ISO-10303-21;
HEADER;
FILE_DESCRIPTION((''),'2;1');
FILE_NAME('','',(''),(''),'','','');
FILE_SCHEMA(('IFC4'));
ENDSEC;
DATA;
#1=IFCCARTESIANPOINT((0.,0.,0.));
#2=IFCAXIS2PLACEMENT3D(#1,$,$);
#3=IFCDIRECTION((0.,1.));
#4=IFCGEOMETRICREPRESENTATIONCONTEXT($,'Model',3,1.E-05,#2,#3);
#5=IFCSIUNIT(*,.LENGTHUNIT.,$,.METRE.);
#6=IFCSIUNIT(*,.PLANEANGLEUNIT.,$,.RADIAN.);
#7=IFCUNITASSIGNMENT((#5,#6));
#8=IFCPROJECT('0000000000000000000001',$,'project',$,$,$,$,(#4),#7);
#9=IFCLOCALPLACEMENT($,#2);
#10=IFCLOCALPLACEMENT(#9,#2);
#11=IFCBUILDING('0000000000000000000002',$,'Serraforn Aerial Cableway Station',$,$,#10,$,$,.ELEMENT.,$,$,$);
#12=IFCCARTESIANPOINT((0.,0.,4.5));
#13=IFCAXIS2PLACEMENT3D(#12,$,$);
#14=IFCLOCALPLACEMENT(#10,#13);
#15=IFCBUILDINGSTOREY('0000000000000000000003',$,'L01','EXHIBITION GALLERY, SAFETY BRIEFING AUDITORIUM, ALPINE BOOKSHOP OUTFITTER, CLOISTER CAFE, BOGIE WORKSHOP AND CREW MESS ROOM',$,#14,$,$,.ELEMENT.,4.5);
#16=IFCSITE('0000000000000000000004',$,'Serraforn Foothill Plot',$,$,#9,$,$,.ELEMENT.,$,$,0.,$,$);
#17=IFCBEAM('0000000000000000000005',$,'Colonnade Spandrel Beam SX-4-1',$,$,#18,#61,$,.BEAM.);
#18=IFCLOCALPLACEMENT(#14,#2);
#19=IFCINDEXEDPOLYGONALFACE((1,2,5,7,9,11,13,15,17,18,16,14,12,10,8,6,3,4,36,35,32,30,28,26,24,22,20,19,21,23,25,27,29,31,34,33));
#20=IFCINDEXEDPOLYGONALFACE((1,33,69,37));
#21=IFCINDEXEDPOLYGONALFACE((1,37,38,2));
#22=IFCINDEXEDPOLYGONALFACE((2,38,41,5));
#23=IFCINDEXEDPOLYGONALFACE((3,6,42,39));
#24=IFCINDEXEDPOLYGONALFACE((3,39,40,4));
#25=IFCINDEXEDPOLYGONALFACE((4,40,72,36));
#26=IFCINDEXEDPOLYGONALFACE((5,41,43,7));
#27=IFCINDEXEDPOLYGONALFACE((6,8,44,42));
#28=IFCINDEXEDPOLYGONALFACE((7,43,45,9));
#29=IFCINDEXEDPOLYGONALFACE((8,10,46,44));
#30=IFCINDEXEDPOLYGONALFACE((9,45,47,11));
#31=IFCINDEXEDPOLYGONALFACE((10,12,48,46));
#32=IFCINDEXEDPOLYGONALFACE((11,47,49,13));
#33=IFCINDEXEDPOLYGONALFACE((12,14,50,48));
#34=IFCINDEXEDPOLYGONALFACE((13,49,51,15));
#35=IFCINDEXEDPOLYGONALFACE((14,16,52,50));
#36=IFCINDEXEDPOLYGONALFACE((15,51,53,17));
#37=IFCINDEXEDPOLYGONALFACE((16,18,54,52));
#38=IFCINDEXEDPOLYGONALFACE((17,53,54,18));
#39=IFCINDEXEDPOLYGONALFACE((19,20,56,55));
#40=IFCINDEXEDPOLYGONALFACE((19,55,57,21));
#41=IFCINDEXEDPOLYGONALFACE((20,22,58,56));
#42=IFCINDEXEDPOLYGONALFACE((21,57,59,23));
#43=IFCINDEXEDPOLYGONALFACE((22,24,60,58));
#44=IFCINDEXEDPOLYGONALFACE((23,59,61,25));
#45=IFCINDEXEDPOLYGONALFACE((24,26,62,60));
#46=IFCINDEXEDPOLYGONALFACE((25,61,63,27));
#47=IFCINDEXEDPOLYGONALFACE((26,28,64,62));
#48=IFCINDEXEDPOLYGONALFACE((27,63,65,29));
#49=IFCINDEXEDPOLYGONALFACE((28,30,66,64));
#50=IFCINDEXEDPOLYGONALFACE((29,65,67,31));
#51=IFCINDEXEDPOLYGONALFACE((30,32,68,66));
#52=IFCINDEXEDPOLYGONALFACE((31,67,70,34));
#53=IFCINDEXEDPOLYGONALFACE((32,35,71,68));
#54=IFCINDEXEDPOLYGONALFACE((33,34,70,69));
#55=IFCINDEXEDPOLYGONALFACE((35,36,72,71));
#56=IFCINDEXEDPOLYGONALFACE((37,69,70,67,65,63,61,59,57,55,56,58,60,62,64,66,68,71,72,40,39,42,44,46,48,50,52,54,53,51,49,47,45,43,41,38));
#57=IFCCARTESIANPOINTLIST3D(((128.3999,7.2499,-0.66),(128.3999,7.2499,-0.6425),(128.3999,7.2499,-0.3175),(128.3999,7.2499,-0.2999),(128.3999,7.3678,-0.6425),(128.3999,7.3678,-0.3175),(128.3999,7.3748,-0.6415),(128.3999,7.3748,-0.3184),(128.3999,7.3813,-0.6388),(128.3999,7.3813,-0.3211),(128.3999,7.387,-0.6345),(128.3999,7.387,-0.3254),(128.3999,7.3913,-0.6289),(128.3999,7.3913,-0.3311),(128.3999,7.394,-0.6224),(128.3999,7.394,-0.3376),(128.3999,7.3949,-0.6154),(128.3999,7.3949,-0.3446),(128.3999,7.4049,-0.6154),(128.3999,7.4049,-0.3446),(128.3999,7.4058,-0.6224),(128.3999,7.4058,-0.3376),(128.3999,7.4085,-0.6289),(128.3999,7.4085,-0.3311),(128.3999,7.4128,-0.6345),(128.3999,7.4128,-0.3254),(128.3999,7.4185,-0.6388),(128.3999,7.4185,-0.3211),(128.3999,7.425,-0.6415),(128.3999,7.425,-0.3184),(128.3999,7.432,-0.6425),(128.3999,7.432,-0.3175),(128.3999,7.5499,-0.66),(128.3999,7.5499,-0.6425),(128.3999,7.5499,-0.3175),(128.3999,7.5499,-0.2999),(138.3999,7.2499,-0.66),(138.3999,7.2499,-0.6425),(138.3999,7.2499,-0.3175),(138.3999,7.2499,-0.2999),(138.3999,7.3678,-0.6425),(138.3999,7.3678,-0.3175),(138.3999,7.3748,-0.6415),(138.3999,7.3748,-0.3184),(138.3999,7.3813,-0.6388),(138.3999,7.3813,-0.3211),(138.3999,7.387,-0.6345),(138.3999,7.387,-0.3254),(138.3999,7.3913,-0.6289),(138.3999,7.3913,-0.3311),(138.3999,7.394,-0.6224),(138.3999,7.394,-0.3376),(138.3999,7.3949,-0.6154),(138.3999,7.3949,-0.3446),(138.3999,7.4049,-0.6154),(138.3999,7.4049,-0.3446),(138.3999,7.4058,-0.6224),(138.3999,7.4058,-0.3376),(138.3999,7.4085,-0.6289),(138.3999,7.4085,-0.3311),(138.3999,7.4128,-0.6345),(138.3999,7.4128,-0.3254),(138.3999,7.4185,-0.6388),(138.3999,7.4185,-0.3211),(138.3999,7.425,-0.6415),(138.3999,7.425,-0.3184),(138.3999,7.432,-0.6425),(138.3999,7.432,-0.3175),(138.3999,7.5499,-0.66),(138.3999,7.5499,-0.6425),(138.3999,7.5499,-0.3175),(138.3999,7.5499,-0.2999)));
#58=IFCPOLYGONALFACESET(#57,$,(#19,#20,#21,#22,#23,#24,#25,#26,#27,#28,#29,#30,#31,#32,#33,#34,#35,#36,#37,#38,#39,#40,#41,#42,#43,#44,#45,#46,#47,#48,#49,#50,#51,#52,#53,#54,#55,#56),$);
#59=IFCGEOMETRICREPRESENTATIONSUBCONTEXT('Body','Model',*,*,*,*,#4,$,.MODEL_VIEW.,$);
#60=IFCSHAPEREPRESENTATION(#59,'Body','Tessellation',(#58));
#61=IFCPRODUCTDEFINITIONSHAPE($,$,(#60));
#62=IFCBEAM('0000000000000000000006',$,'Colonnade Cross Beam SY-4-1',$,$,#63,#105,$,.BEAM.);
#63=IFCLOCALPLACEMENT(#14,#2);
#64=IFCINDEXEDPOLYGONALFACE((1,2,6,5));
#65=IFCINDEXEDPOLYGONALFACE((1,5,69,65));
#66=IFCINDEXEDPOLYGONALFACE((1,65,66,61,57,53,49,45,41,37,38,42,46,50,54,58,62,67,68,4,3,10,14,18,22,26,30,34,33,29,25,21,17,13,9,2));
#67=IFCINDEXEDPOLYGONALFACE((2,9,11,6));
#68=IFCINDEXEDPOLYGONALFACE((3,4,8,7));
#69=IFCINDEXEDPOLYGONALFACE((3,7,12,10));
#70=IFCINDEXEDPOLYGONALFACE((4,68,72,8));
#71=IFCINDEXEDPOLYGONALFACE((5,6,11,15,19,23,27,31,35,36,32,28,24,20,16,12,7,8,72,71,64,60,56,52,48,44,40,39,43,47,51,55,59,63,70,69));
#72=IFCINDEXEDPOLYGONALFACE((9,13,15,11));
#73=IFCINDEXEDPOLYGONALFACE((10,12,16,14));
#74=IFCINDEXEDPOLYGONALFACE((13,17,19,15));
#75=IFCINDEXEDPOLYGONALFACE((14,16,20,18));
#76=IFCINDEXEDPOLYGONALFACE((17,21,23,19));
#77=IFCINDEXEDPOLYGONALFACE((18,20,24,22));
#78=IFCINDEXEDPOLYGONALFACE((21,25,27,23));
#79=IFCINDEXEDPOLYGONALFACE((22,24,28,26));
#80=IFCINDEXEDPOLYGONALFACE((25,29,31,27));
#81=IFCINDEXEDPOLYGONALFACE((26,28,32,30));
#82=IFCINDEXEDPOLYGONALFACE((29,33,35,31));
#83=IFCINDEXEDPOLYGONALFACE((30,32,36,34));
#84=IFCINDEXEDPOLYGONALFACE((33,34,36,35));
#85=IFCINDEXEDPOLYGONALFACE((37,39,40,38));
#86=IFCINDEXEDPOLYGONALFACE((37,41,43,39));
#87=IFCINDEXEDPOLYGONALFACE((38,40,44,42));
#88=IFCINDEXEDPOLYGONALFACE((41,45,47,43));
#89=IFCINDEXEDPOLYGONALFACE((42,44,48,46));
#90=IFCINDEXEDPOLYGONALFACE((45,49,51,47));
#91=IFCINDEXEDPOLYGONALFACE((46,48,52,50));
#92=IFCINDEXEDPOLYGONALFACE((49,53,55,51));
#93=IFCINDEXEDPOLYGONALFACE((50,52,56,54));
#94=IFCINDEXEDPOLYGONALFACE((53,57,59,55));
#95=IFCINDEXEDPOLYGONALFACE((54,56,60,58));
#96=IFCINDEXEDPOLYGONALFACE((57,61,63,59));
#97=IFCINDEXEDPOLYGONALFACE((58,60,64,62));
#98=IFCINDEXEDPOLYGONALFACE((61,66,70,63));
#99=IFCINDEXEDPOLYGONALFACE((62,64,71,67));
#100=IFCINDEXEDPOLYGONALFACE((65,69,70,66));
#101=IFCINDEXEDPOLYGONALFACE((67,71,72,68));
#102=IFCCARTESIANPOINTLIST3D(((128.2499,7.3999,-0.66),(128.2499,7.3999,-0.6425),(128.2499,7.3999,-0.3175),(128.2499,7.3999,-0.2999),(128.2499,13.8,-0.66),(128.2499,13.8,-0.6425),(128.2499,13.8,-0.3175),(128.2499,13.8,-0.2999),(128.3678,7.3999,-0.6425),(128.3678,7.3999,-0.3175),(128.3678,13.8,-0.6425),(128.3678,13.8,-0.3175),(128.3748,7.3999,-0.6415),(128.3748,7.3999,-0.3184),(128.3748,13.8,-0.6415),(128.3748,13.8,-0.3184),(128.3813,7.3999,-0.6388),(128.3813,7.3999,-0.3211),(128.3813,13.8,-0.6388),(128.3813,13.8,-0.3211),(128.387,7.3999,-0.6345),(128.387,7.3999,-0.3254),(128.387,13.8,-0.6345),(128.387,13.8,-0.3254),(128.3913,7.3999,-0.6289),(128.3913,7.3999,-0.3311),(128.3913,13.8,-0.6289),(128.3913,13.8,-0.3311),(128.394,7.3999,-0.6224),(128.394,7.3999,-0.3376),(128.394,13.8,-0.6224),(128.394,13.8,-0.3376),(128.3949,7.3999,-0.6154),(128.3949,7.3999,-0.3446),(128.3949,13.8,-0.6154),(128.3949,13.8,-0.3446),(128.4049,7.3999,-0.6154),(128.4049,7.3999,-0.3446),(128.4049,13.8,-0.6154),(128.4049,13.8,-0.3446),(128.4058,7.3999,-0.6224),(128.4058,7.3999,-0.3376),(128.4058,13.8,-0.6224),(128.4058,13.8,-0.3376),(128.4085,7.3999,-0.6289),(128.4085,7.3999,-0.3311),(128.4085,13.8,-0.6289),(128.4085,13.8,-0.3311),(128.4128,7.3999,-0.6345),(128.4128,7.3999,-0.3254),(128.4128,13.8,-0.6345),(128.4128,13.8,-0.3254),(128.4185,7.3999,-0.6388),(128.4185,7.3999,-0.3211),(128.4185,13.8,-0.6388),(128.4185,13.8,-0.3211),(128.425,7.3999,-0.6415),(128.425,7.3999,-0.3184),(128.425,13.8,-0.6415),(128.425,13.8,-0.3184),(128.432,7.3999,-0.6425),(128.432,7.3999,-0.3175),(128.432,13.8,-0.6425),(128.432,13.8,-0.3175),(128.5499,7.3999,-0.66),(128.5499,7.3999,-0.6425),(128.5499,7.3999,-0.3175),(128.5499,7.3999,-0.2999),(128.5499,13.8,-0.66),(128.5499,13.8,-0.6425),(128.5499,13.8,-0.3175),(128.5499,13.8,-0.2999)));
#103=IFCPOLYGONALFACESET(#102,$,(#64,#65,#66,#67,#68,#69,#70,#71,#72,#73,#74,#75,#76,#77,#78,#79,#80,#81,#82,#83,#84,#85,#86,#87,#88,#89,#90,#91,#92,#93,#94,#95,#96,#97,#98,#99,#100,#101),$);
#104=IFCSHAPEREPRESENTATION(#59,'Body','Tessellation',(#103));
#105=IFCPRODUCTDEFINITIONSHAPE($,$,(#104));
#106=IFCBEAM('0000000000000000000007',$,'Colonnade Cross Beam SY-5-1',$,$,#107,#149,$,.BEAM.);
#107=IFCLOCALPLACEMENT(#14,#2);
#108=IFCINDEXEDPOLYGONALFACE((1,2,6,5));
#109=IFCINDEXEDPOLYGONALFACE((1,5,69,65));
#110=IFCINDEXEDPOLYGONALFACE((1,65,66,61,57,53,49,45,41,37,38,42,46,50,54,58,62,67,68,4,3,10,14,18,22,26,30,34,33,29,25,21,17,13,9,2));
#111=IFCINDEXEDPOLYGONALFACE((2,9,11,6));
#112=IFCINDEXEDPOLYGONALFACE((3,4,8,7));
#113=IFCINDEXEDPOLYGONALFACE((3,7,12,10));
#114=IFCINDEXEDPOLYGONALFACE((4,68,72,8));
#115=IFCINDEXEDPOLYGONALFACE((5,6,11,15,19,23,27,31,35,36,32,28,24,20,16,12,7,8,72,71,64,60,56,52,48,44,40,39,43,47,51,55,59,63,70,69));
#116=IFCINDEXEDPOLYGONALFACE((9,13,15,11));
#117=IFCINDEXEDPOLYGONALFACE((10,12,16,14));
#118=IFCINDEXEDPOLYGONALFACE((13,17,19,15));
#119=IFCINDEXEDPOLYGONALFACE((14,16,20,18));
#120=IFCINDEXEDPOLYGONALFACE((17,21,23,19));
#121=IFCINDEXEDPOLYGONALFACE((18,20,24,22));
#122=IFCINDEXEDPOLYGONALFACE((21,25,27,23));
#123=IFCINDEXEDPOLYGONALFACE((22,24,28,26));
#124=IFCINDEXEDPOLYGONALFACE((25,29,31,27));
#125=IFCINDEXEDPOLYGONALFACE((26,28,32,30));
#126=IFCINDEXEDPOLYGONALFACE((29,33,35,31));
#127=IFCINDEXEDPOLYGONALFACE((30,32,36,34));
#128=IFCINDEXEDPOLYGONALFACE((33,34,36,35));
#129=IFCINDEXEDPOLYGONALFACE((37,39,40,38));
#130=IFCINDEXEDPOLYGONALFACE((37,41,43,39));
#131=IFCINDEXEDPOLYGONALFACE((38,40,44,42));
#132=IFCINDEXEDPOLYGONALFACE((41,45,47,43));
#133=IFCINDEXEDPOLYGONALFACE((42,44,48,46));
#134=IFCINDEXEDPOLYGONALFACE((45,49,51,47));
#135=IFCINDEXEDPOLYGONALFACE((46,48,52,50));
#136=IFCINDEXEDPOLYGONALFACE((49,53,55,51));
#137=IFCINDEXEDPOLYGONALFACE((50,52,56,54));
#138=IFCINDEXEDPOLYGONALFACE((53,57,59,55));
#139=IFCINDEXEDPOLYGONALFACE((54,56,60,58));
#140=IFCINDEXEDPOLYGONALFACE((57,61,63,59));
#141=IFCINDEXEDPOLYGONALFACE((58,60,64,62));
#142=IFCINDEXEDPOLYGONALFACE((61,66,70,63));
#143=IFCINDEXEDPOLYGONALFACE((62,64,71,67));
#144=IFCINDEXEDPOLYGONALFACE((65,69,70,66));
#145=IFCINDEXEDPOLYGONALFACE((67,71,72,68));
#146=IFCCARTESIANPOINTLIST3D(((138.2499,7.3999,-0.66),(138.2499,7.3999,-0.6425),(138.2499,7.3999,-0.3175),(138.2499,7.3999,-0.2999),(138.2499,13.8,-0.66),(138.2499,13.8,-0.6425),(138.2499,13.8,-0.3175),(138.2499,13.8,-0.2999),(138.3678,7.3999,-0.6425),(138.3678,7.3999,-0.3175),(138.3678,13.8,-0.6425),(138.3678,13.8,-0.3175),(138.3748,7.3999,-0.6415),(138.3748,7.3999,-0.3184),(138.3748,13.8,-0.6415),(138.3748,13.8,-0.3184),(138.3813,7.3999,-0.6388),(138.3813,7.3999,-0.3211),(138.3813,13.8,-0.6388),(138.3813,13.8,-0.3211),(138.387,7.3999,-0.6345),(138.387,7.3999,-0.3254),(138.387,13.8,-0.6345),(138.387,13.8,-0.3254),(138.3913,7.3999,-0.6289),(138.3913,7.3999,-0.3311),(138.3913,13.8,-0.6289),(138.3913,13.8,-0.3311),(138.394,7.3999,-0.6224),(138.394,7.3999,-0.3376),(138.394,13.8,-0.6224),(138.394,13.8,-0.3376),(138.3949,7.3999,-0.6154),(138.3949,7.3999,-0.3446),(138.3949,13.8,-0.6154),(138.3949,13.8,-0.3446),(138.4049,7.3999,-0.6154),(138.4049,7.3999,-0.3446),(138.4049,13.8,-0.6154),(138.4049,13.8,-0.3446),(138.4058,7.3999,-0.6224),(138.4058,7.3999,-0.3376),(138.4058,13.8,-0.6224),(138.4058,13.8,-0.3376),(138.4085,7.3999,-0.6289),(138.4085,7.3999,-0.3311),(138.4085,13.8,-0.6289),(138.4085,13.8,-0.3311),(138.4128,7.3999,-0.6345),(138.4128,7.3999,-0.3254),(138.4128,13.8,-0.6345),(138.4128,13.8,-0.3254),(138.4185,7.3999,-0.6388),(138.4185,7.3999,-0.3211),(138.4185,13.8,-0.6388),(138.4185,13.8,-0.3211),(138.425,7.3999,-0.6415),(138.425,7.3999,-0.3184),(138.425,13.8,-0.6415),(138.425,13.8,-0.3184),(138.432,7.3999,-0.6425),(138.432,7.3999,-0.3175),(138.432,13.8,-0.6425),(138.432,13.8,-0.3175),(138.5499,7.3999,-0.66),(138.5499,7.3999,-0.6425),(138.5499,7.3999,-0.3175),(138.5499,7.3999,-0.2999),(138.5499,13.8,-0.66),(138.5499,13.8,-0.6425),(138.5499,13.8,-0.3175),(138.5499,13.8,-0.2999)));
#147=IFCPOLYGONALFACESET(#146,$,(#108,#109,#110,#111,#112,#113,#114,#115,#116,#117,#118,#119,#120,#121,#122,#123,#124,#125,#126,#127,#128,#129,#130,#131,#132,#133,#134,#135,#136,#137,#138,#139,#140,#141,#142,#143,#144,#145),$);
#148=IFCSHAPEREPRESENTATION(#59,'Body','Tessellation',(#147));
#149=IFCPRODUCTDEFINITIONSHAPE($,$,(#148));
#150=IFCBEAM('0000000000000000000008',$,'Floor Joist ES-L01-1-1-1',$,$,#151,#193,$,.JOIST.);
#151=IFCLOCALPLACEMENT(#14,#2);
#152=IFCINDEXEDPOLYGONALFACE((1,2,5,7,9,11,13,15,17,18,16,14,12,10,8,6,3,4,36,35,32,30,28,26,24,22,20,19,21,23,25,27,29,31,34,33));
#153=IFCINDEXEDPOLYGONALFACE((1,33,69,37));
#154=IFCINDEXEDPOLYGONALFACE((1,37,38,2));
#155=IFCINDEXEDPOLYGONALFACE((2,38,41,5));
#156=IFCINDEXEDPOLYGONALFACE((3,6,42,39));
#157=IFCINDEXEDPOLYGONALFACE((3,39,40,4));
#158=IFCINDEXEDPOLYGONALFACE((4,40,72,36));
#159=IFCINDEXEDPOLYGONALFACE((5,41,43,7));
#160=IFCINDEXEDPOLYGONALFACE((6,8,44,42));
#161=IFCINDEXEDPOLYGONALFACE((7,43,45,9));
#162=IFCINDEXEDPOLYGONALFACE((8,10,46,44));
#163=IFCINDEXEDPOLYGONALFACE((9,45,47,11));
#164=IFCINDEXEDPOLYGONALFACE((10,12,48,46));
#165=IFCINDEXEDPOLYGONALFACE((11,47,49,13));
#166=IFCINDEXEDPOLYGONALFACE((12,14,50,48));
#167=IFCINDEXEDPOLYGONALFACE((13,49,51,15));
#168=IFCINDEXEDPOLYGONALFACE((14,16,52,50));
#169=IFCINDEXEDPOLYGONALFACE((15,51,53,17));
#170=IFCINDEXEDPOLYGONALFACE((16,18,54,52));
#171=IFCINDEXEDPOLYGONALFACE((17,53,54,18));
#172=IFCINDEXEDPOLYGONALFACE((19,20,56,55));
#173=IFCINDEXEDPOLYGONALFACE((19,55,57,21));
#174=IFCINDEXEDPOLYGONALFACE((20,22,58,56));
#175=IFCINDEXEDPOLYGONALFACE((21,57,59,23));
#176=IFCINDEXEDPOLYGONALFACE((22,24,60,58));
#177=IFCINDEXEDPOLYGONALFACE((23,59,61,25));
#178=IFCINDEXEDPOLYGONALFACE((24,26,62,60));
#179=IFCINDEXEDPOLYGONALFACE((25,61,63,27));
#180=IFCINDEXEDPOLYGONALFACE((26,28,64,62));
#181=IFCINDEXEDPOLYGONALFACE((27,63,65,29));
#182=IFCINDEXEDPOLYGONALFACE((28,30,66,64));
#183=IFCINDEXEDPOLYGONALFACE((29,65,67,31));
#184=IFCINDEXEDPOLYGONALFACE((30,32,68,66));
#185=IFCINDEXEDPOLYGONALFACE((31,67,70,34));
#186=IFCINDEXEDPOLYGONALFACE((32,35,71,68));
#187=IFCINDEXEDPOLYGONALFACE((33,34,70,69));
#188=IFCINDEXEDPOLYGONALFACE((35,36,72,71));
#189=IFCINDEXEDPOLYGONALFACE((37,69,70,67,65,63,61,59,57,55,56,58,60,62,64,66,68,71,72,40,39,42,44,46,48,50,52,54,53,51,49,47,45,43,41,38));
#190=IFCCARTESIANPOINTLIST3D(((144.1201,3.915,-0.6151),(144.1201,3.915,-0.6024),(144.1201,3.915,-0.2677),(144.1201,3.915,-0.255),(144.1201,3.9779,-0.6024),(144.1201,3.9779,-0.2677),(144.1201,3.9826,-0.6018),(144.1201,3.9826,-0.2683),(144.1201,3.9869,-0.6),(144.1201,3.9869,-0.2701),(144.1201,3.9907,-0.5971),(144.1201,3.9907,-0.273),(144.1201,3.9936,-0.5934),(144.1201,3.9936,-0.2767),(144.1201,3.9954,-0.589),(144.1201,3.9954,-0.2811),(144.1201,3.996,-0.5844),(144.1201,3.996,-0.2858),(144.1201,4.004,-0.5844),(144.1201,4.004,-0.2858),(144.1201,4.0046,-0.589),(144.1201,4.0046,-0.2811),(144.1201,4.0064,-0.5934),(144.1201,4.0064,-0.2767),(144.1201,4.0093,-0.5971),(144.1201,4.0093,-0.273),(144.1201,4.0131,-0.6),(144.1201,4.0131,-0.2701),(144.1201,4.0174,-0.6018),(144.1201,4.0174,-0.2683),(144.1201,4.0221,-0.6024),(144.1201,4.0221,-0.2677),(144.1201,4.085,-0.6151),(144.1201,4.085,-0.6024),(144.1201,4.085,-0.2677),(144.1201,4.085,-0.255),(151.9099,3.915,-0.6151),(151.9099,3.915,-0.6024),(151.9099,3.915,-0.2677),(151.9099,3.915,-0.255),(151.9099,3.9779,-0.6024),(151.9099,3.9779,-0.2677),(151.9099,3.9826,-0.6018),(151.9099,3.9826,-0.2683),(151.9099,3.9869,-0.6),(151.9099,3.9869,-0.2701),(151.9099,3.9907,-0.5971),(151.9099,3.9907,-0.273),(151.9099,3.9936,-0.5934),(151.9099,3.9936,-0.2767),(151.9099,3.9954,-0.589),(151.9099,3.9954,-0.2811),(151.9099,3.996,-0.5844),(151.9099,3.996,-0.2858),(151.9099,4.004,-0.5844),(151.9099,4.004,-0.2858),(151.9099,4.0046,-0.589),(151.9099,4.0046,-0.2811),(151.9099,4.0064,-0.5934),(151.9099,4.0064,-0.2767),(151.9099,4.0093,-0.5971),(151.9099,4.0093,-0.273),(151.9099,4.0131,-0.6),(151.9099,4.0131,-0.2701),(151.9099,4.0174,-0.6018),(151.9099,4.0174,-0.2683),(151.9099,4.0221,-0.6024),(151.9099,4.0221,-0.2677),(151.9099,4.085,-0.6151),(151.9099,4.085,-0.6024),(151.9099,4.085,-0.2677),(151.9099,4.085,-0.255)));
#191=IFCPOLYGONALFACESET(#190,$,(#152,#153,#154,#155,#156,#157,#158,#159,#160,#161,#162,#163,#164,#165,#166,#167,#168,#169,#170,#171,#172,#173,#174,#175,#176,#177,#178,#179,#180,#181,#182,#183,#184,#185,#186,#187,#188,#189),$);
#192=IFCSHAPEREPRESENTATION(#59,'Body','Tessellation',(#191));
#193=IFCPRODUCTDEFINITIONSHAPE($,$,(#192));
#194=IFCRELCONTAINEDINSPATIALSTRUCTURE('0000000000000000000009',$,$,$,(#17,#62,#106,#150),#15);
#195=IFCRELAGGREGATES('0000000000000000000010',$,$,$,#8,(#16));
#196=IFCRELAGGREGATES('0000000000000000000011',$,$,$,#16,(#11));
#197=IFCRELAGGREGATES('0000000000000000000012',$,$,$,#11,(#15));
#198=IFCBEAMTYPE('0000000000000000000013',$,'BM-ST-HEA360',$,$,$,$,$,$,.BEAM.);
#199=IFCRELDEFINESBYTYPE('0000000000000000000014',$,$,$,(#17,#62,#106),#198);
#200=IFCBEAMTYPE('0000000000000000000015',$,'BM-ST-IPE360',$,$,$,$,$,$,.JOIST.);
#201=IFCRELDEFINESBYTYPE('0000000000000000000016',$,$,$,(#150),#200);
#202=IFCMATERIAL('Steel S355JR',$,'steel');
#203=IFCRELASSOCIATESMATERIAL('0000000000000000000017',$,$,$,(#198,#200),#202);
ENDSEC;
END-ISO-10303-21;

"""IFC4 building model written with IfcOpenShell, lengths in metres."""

from ifc_helpers import new_model, si_unit, direction, frame, origin, origin_2d, place, context, subcontext, project, spatial, i_section, extrude, material, material_profile, profile_set, type_object, element, save


model = new_model("IFC4")

# Units and contexts
model_context = context("Model", 3, precision=1e-05, world=origin(), true_north=direction((0.0, 1.0)))
body_context = subcontext(model_context, "Body", "Model", "MODEL_VIEW")
ifc_project = project(units=[si_unit("LENGTHUNIT", "METRE"), si_unit("PLANEANGLEUNIT", "RADIAN")], contexts=[model_context])

# Site, building, storey
site_placement = place(None, origin())
site = spatial("IfcSite", under=ifc_project, at=site_placement, Name="Serraforn Foothill Plot", CompositionType="ELEMENT", RefElevation=0.0)
building_placement = place(site_placement, origin())
building = spatial("IfcBuilding", under=site, at=building_placement, Name="Serraforn Aerial Cableway Station", CompositionType="ELEMENT")
storey_placement = place(building_placement, frame((0.0, 0.0, 4.5)))
storey = spatial("IfcBuildingStorey", under=building, at=storey_placement, Name="L01", Description="EXHIBITION GALLERY, SAFETY BRIEFING AUDITORIUM, ALPINE BOOKSHOP OUTFITTER, CLOISTER CAFE, BOGIE WORKSHOP AND CREW MESS ROOM", CompositionType="ELEMENT", Elevation=4.5)

# Beams
ifc_material_1 = material(Name="Steel S355JR", Category="steel")
ifc_material_profile_1 = material_profile(ifc_material_1, i_section(OverallWidth=0.3, OverallDepth=0.3601, WebThickness=0.01, FlangeThickness=0.0176, FilletRadius=0.0271, at=origin_2d()), Name="HEA 360")
ifc_profile_set_1 = profile_set([ifc_material_profile_1], Name="Steel S355JR")
beam_type_1 = type_object("IfcBeamType", Name="BM-ST-HEA360", PredefinedType="BEAM", material=ifc_profile_set_1)
beam_1_placement = place(storey_placement, frame((128.3999, 7.3999, -0.48), z_axis=(1.0, 0.0, 0.0), x_axis=(0.0, 1.0, 0.0)))
element("IfcBeam", 1, at=beam_1_placement, inside=storey, type_object=beam_type_1, Name="Colonnade Spandrel Beam SX-4-1", PredefinedType="BEAM", context=body_context, shape_type="SweptSolid", body=[
    extrude(i_section(OverallWidth=0.3, OverallDepth=0.3601, WebThickness=0.01, FlangeThickness=0.0176, FilletRadius=0.0271, at=origin_2d()), origin(), (0.0, 0.0, 1.0), 10.0),
])
for number, where, z_axis, x_axis, name in (
    (2, (128.3999, 7.3999, -0.48), (0.0, 1.0, 0.0), (-1.0, 0.0, 0.0), "Colonnade Cross Beam SY-4-1"),
    (3, (138.3999, 7.3999, -0.48), (0.0, 1.0, 0.0), (-1.0, 0.0, 0.0), "Colonnade Cross Beam SY-5-1"),
):
    element("IfcBeam", number, at=place(storey_placement, frame(where, z_axis=z_axis, x_axis=x_axis)), inside=storey, type_object=beam_type_1, Name=name, PredefinedType="BEAM", context=body_context, shape_type="SweptSolid", body=[
        extrude(i_section(OverallWidth=0.3, OverallDepth=0.3601, WebThickness=0.01, FlangeThickness=0.0176, FilletRadius=0.0271, at=origin_2d()), origin(), (0.0, 0.0, 1.0), 6.4001),
    ])
ifc_material_profile_2 = material_profile(ifc_material_1, i_section(OverallWidth=0.1699, OverallDepth=0.3601, WebThickness=0.0081, FlangeThickness=0.0127, FilletRadius=0.0181, at=origin_2d()), Name="IPE 360")
ifc_profile_set_2 = profile_set([ifc_material_profile_2], Name="Steel S355JR")
beam_type_2 = type_object("IfcBeamType", Name="BM-ST-IPE360", PredefinedType="JOIST", material=ifc_profile_set_2)
beam_2_placement = place(storey_placement, frame((144.1201, 4.0, -0.4351), z_axis=(1.0, 0.0, 0.0), x_axis=(0.0, 1.0, 0.0)))
element("IfcBeam", 4, at=beam_2_placement, inside=storey, type_object=beam_type_2, Name="Floor Joist ES-L01-1-1-1", PredefinedType="JOIST", context=body_context, shape_type="SweptSolid", body=[
    extrude(i_section(OverallWidth=0.1699, OverallDepth=0.3601, WebThickness=0.0081, FlangeThickness=0.0127, FilletRadius=0.0181, at=origin_2d()), origin(), (0.0, 0.0, 1.0), 7.7898),
])

save(model, "model.ifc")
